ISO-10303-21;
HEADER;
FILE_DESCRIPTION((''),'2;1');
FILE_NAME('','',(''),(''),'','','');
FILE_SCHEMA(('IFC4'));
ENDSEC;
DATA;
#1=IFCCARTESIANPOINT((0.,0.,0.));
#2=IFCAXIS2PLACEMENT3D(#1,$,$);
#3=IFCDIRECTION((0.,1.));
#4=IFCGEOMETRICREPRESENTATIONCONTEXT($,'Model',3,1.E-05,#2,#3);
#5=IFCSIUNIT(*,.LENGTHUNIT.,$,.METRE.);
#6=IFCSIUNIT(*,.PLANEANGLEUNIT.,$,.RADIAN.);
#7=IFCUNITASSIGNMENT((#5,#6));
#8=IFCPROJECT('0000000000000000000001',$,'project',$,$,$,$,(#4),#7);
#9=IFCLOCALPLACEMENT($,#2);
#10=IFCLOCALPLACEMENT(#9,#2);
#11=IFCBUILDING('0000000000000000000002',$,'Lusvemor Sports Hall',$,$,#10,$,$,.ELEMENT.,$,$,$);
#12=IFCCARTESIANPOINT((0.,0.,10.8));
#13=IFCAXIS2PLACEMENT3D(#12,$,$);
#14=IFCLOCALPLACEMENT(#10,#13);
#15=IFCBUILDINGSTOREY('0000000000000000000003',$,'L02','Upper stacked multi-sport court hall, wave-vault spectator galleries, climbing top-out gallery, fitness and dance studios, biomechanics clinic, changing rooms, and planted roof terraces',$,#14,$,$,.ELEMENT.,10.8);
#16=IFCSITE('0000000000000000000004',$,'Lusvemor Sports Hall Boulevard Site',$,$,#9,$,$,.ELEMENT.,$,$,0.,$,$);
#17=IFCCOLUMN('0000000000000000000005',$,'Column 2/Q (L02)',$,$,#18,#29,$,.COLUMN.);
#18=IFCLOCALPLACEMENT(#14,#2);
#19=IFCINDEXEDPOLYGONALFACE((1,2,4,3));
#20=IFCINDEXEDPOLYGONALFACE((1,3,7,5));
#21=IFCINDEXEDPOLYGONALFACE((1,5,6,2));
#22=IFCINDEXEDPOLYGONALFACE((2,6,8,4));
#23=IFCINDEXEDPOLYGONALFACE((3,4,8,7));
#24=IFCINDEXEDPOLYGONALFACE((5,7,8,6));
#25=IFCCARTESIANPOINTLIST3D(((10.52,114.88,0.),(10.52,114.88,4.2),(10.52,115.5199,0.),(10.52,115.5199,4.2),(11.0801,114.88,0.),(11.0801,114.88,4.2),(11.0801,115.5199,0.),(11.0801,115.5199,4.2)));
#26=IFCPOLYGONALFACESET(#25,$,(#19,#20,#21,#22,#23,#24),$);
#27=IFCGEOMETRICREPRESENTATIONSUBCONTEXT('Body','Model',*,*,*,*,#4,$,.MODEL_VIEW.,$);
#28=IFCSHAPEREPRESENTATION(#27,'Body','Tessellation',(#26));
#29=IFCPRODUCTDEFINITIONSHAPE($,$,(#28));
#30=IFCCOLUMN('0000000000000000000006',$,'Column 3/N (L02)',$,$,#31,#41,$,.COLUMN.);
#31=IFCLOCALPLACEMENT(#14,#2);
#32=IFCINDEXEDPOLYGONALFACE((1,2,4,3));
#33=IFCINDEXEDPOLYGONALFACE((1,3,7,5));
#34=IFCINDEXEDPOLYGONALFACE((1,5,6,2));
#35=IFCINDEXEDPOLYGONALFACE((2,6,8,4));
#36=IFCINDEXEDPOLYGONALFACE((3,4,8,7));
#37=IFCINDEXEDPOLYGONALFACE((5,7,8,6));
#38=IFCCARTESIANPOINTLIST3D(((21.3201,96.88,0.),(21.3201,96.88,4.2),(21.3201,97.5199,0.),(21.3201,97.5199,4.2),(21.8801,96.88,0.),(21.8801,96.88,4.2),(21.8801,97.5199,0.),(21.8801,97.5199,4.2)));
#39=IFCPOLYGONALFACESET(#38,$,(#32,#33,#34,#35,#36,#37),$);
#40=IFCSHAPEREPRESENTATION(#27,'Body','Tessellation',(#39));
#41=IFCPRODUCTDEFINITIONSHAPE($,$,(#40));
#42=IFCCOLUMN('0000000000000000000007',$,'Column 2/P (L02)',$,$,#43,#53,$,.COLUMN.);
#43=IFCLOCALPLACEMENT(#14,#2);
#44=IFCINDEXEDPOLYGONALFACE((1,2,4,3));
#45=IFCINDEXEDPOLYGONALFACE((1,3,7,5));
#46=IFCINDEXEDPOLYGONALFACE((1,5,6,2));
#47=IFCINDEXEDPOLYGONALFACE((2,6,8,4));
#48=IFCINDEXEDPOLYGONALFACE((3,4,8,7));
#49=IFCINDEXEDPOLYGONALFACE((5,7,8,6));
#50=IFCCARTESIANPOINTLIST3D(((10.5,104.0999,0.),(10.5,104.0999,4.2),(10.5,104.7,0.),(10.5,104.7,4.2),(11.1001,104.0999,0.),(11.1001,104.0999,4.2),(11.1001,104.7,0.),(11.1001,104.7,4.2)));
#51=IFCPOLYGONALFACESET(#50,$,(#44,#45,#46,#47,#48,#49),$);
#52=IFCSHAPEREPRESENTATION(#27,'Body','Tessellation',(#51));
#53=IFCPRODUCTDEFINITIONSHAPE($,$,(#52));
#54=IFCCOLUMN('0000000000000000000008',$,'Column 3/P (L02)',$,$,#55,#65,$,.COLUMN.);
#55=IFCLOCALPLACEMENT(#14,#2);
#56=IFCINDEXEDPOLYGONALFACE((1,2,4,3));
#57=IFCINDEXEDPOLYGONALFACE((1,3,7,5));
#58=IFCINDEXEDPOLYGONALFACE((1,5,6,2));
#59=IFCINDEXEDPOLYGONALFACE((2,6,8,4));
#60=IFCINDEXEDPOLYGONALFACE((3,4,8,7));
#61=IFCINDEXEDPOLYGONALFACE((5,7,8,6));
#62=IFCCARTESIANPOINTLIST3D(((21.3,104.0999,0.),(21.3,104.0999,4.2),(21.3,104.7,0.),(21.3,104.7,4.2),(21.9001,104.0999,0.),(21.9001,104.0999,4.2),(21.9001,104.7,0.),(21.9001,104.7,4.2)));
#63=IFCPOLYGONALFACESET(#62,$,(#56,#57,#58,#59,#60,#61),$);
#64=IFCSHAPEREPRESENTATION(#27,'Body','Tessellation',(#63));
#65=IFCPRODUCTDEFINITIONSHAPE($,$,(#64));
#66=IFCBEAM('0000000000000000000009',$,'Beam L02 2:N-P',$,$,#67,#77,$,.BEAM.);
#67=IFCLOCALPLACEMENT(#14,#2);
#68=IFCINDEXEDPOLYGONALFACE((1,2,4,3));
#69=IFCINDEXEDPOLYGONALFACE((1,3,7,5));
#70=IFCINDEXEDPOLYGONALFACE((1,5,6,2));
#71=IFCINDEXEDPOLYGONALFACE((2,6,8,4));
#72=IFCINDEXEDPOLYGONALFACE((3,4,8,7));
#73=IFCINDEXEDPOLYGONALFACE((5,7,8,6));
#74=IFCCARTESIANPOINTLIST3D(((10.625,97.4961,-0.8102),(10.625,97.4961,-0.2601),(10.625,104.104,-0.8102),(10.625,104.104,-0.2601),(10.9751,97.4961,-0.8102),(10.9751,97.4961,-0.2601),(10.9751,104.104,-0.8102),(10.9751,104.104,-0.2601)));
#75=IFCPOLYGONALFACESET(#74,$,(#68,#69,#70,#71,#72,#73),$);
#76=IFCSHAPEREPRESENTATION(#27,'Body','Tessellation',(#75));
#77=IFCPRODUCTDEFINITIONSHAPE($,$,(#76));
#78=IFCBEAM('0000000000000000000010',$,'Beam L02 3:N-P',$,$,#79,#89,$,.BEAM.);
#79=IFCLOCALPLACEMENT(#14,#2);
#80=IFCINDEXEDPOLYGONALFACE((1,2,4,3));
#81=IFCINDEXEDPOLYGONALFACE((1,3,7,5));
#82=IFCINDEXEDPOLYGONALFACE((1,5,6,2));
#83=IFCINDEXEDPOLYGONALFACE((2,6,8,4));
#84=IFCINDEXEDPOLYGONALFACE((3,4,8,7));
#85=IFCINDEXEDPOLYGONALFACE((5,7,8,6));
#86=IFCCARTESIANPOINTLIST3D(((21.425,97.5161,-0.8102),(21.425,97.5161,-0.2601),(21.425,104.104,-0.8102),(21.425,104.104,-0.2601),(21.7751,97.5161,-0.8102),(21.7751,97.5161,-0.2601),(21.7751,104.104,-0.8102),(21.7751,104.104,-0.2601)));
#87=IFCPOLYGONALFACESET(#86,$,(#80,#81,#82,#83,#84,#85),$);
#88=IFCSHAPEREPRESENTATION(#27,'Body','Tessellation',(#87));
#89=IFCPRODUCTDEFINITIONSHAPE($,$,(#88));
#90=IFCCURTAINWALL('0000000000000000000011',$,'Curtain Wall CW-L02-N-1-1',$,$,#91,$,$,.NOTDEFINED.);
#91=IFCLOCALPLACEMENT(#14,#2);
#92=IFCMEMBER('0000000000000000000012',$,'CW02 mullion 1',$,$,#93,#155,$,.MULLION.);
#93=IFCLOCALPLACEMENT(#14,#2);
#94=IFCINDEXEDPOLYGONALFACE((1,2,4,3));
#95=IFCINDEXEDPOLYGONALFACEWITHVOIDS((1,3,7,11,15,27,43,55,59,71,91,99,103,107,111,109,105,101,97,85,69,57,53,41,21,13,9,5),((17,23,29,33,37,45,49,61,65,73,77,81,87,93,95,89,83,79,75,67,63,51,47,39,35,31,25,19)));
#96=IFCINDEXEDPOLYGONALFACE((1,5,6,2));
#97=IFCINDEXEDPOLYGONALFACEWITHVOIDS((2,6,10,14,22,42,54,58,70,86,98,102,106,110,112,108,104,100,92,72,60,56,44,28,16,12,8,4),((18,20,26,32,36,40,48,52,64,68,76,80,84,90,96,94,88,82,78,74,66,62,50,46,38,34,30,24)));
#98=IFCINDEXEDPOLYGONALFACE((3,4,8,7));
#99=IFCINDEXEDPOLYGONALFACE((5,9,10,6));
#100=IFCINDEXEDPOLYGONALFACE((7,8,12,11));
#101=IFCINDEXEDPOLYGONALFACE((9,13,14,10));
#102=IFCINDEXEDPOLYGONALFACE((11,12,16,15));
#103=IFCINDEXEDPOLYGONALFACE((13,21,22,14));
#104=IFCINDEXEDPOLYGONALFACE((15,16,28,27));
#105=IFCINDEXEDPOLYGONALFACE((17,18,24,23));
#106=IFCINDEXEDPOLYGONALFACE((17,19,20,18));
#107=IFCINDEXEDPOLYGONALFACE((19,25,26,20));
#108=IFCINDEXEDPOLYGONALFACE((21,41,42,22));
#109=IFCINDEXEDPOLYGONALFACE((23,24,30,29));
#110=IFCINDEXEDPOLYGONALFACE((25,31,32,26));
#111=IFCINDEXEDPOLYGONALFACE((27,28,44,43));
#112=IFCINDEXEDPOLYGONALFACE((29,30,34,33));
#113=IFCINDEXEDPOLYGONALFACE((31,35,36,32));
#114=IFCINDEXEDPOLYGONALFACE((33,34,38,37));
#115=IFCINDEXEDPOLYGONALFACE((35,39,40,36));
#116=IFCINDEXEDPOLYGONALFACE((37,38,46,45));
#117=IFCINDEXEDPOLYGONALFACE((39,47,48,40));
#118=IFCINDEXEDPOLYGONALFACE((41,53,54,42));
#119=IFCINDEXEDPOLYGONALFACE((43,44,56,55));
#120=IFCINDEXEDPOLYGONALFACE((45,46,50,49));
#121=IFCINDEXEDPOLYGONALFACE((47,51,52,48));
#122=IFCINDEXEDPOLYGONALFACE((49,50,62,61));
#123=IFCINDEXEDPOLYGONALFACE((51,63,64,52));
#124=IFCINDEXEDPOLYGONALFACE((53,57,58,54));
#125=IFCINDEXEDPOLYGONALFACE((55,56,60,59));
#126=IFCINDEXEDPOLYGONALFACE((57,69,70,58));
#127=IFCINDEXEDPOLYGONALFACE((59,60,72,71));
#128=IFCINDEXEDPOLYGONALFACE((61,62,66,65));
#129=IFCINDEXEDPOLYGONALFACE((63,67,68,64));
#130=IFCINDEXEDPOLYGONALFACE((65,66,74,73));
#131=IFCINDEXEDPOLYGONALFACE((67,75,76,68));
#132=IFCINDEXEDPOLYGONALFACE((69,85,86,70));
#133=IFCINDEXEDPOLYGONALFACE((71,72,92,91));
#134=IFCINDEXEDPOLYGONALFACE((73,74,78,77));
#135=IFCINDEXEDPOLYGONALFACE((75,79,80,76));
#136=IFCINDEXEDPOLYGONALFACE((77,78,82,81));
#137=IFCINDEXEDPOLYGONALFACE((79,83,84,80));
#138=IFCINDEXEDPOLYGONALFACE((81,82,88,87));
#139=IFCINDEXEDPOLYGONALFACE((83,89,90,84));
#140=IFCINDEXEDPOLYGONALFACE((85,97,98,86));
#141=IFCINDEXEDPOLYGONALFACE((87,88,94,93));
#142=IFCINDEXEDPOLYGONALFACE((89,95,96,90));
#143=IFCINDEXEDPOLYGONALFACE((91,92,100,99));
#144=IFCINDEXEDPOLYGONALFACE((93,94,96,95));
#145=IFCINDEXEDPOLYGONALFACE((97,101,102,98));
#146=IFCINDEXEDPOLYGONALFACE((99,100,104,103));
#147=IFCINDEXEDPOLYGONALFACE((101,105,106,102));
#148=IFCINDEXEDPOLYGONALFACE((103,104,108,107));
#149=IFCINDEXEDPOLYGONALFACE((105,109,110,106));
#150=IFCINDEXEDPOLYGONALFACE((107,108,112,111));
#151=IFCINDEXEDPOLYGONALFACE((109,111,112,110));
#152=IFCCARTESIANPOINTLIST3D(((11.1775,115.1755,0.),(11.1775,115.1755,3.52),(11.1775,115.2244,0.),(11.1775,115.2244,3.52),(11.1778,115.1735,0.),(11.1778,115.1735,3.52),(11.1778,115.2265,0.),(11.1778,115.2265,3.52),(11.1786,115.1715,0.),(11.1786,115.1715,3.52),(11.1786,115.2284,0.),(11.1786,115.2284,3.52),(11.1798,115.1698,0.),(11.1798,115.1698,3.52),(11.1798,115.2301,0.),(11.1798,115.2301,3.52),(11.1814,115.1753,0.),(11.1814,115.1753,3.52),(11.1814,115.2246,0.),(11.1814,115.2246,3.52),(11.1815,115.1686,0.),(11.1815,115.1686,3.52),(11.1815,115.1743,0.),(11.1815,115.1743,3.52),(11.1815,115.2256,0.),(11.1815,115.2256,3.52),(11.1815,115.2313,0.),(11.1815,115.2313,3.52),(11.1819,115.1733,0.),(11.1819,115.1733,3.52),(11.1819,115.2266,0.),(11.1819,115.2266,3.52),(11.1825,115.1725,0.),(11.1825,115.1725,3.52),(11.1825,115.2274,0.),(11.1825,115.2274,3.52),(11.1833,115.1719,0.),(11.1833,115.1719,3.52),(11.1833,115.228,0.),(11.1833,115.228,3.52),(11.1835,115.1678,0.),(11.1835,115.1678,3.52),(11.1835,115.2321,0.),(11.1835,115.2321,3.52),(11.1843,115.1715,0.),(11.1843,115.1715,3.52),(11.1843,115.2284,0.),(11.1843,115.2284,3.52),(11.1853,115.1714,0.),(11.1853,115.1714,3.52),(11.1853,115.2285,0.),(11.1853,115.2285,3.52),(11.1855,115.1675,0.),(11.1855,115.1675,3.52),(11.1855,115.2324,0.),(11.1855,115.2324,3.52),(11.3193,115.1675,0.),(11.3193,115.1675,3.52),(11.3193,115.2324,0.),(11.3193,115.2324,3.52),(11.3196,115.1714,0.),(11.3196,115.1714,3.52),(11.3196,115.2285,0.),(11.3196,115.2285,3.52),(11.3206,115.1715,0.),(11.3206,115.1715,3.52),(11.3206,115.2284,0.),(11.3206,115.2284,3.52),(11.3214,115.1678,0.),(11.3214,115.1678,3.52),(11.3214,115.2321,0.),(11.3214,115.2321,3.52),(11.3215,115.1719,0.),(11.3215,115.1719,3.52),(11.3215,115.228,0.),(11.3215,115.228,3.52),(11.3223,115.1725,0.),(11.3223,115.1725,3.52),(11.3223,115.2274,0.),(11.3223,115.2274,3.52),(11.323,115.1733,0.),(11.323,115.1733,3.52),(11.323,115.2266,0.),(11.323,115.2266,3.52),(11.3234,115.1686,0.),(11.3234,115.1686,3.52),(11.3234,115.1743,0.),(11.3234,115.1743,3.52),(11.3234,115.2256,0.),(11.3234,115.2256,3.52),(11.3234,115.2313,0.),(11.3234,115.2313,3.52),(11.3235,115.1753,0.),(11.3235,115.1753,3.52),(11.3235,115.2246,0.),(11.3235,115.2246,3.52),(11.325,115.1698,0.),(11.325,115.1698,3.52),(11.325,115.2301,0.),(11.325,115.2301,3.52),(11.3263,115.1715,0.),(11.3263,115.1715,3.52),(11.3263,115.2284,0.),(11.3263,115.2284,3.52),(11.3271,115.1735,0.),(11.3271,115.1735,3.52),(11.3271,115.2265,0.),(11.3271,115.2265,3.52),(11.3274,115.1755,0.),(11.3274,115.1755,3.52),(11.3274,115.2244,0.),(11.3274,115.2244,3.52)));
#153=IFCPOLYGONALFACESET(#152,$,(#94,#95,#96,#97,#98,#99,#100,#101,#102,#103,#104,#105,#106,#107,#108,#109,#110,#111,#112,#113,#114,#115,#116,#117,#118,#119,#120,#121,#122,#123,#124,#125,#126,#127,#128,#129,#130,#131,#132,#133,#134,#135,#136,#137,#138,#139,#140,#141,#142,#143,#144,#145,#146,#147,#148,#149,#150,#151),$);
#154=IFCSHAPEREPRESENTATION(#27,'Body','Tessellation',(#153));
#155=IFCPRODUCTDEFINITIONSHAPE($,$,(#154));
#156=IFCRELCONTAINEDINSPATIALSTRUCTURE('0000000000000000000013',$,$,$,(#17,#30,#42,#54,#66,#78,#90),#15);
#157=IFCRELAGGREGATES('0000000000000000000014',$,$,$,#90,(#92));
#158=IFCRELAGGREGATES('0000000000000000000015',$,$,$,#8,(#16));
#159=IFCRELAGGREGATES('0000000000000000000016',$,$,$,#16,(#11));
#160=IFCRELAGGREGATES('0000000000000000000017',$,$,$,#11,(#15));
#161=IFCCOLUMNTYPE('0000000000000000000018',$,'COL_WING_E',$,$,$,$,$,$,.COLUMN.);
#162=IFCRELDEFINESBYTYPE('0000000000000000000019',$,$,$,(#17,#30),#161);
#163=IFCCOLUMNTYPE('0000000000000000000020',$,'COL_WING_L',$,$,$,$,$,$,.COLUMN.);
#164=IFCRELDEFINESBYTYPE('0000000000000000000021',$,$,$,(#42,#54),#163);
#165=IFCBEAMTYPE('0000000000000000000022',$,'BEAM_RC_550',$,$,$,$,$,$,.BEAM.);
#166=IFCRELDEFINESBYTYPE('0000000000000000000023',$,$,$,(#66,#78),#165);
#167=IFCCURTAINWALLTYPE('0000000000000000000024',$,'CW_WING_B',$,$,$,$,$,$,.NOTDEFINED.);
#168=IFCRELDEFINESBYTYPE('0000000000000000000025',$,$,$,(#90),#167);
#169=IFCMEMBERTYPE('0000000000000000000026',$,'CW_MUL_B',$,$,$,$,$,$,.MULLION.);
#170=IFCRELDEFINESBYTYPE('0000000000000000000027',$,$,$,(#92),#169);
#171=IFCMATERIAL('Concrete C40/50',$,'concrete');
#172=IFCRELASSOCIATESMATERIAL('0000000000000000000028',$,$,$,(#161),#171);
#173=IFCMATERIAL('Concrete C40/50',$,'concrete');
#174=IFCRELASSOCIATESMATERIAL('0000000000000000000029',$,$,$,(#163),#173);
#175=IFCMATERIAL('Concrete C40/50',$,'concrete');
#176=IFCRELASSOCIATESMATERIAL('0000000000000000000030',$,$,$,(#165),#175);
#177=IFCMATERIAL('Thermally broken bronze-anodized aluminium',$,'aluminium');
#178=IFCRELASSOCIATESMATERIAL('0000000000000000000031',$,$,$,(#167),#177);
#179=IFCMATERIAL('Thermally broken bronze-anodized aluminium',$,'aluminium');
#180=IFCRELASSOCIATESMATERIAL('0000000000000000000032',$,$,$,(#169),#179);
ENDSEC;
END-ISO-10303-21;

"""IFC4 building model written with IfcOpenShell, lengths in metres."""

from ifc_helpers import new_model, si_unit, direction, frame, origin, origin_2d, place, context, subcontext, project, spatial, rectangle, hollow_rectangle, extrude, material, material_profile, profile_set, type_object, element, aggregate, save


model = new_model("IFC4")

# Units and contexts
model_context = context("Model", 3, precision=1e-05, world=origin(), true_north=direction((0.0, 1.0)))
body_context = subcontext(model_context, "Body", "Model", "MODEL_VIEW")
ifc_project = project(units=[si_unit("LENGTHUNIT", "METRE"), si_unit("PLANEANGLEUNIT", "RADIAN")], contexts=[model_context])

# Site, building, storey
site_placement = place(None, origin())
site = spatial("IfcSite", under=ifc_project, at=site_placement, Name="Lusvemor Sports Hall Boulevard Site", CompositionType="ELEMENT", RefElevation=0.0)
building_placement = place(site_placement, origin())
building = spatial("IfcBuilding", under=site, at=building_placement, Name="Lusvemor Sports Hall", CompositionType="ELEMENT")
storey_placement = place(building_placement, frame((0.0, 0.0, 10.8)))
storey = spatial("IfcBuildingStorey", under=building, at=storey_placement, Name="L02", Description="Upper stacked multi-sport court hall, wave-vault spectator galleries, climbing top-out gallery, fitness and dance studios, biomechanics clinic, changing rooms, and planted roof terraces", CompositionType="ELEMENT", Elevation=10.8)

# Columns
ifc_material_1 = material(Name="Concrete C40/50", Category="concrete")
ifc_material_profile_1 = material_profile(ifc_material_1, rectangle(XDim=0.5601, YDim=0.6399, at=origin_2d()), Name="RC560x640")
ifc_profile_set_1 = profile_set([ifc_material_profile_1], Name="Concrete C40/50")
column_type_1 = type_object("IfcColumnType", Name="COL_WING_E", PredefinedType="COLUMN", material=ifc_profile_set_1)
for number, where, z_axis, x_axis, name in (
    (1, (10.8, 115.2, 0.0), (0.0, 0.0, 1.0), (1.0, 0.0, 0.0), "Column 2/Q (L02)"),
    (2, (21.6001, 97.2, 0.0), (0.0, 0.0, 1.0), (1.0, 0.0, 0.0), "Column 3/N (L02)"),
):
    element("IfcColumn", number, at=place(storey_placement, frame(where, z_axis=z_axis, x_axis=x_axis)), inside=storey, type_object=column_type_1, Name=name, PredefinedType="COLUMN", context=body_context, shape_type="SweptSolid", body=[
        extrude(rectangle(XDim=0.5601, YDim=0.6399, at=origin_2d()), origin(), (0.0, 0.0, 1.0), 4.2),
    ])
ifc_material_2 = material(Name="Concrete C40/50", Category="concrete")
ifc_material_profile_2 = material_profile(ifc_material_2, rectangle(XDim=0.6001, YDim=0.6001, at=origin_2d()), Name="RC600x600")
ifc_profile_set_2 = profile_set([ifc_material_profile_2], Name="Concrete C40/50")
column_type_2 = type_object("IfcColumnType", Name="COL_WING_L", PredefinedType="COLUMN", material=ifc_profile_set_2)
for number, where, z_axis, x_axis, name in (
    (3, (10.8, 104.3999, 0.0), (0.0, 0.0, 1.0), (1.0, 0.0, 0.0), "Column 2/P (L02)"),
    (4, (21.6001, 104.3999, 0.0), (0.0, 0.0, 1.0), (1.0, 0.0, 0.0), "Column 3/P (L02)"),
):
    element("IfcColumn", number, at=place(storey_placement, frame(where, z_axis=z_axis, x_axis=x_axis)), inside=storey, type_object=column_type_2, Name=name, PredefinedType="COLUMN", context=body_context, shape_type="SweptSolid", body=[
        extrude(rectangle(XDim=0.6001, YDim=0.6001, at=origin_2d()), origin(), (0.0, 0.0, 1.0), 4.2),
    ])

# Beams
ifc_material_3 = material(Name="Concrete C40/50", Category="concrete")
ifc_material_profile_3 = material_profile(ifc_material_3, rectangle(XDim=0.3501, YDim=0.55, at=origin_2d()), Name="RC350x550")
ifc_profile_set_3 = profile_set([ifc_material_profile_3], Name="Concrete C40/50")
beam_type_1 = type_object("IfcBeamType", Name="BEAM_RC_550", PredefinedType="BEAM", material=ifc_profile_set_3)
beam_1_placement = place(storey_placement, frame((10.8, 97.4961, -0.5352), z_axis=(0.0, 1.0, 0.0), x_axis=(-1.0, 0.0, 0.0)))
element("IfcBeam", 5, at=beam_1_placement, inside=storey, type_object=beam_type_1, Name="Beam L02 2:N-P", PredefinedType="BEAM", context=body_context, shape_type="SweptSolid", body=[
    extrude(rectangle(XDim=0.3501, YDim=0.55, at=origin_2d()), origin(), (0.0, 0.0, 1.0), 6.6079),
])
beam_2_placement = place(storey_placement, frame((21.6001, 97.5161, -0.5352), z_axis=(0.0, 1.0, 0.0), x_axis=(-1.0, 0.0, 0.0)))
element("IfcBeam", 6, at=beam_2_placement, inside=storey, type_object=beam_type_1, Name="Beam L02 3:N-P", PredefinedType="BEAM", context=body_context, shape_type="SweptSolid", body=[
    extrude(rectangle(XDim=0.3501, YDim=0.55, at=origin_2d()), origin(), (0.0, 0.0, 1.0), 6.5879),
])

# Curtain wall, member
ifc_material_4 = material(Name="Thermally broken bronze-anodized aluminium", Category="aluminium")
curtain_wall_type = type_object("IfcCurtainWallType", Name="CW_WING_B", PredefinedType="NOTDEFINED", material=ifc_material_4)
curtain_wall_placement = place(storey_placement, origin())
curtain_wall = element("IfcCurtainWall", 7, at=curtain_wall_placement, inside=storey, type_object=curtain_wall_type, Name="Curtain Wall CW-L02-N-1-1", PredefinedType="NOTDEFINED")
ifc_material_5 = material(Name="Thermally broken bronze-anodized aluminium", Category="aluminium")
ifc_material_profile_4 = material_profile(ifc_material_5, hollow_rectangle(XDim=0.0649, YDim=0.1499, WallThickness=0.0039, InnerFilletRadius=0.0039, OuterFilletRadius=0.0081, at=origin_2d()), Name="CWMUL150x65x4")
ifc_profile_set_4 = profile_set([ifc_material_profile_4], Name="Thermally broken bronze-anodized aluminium")
member_type_1 = type_object("IfcMemberType", Name="CW_MUL_B", PredefinedType="MULLION", material=ifc_profile_set_4)
member_1_placement = place(storey_placement, frame((11.2524, 115.2, 0.0), z_axis=(0.0, 0.0, 1.0), x_axis=(0.0, 1.0, 0.0)))
member_1 = element("IfcMember", 8, at=member_1_placement, type_object=member_type_1, Name="CW02 mullion 1", PredefinedType="MULLION", context=body_context, shape_type="SweptSolid", body=[
    extrude(hollow_rectangle(XDim=0.0649, YDim=0.1499, WallThickness=0.0039, InnerFilletRadius=0.0039, OuterFilletRadius=0.0081, at=origin_2d()), origin(), (0.0, 0.0, 1.0), 3.52),
])

aggregate(curtain_wall, [member_1])

save(model, "model.ifc")
